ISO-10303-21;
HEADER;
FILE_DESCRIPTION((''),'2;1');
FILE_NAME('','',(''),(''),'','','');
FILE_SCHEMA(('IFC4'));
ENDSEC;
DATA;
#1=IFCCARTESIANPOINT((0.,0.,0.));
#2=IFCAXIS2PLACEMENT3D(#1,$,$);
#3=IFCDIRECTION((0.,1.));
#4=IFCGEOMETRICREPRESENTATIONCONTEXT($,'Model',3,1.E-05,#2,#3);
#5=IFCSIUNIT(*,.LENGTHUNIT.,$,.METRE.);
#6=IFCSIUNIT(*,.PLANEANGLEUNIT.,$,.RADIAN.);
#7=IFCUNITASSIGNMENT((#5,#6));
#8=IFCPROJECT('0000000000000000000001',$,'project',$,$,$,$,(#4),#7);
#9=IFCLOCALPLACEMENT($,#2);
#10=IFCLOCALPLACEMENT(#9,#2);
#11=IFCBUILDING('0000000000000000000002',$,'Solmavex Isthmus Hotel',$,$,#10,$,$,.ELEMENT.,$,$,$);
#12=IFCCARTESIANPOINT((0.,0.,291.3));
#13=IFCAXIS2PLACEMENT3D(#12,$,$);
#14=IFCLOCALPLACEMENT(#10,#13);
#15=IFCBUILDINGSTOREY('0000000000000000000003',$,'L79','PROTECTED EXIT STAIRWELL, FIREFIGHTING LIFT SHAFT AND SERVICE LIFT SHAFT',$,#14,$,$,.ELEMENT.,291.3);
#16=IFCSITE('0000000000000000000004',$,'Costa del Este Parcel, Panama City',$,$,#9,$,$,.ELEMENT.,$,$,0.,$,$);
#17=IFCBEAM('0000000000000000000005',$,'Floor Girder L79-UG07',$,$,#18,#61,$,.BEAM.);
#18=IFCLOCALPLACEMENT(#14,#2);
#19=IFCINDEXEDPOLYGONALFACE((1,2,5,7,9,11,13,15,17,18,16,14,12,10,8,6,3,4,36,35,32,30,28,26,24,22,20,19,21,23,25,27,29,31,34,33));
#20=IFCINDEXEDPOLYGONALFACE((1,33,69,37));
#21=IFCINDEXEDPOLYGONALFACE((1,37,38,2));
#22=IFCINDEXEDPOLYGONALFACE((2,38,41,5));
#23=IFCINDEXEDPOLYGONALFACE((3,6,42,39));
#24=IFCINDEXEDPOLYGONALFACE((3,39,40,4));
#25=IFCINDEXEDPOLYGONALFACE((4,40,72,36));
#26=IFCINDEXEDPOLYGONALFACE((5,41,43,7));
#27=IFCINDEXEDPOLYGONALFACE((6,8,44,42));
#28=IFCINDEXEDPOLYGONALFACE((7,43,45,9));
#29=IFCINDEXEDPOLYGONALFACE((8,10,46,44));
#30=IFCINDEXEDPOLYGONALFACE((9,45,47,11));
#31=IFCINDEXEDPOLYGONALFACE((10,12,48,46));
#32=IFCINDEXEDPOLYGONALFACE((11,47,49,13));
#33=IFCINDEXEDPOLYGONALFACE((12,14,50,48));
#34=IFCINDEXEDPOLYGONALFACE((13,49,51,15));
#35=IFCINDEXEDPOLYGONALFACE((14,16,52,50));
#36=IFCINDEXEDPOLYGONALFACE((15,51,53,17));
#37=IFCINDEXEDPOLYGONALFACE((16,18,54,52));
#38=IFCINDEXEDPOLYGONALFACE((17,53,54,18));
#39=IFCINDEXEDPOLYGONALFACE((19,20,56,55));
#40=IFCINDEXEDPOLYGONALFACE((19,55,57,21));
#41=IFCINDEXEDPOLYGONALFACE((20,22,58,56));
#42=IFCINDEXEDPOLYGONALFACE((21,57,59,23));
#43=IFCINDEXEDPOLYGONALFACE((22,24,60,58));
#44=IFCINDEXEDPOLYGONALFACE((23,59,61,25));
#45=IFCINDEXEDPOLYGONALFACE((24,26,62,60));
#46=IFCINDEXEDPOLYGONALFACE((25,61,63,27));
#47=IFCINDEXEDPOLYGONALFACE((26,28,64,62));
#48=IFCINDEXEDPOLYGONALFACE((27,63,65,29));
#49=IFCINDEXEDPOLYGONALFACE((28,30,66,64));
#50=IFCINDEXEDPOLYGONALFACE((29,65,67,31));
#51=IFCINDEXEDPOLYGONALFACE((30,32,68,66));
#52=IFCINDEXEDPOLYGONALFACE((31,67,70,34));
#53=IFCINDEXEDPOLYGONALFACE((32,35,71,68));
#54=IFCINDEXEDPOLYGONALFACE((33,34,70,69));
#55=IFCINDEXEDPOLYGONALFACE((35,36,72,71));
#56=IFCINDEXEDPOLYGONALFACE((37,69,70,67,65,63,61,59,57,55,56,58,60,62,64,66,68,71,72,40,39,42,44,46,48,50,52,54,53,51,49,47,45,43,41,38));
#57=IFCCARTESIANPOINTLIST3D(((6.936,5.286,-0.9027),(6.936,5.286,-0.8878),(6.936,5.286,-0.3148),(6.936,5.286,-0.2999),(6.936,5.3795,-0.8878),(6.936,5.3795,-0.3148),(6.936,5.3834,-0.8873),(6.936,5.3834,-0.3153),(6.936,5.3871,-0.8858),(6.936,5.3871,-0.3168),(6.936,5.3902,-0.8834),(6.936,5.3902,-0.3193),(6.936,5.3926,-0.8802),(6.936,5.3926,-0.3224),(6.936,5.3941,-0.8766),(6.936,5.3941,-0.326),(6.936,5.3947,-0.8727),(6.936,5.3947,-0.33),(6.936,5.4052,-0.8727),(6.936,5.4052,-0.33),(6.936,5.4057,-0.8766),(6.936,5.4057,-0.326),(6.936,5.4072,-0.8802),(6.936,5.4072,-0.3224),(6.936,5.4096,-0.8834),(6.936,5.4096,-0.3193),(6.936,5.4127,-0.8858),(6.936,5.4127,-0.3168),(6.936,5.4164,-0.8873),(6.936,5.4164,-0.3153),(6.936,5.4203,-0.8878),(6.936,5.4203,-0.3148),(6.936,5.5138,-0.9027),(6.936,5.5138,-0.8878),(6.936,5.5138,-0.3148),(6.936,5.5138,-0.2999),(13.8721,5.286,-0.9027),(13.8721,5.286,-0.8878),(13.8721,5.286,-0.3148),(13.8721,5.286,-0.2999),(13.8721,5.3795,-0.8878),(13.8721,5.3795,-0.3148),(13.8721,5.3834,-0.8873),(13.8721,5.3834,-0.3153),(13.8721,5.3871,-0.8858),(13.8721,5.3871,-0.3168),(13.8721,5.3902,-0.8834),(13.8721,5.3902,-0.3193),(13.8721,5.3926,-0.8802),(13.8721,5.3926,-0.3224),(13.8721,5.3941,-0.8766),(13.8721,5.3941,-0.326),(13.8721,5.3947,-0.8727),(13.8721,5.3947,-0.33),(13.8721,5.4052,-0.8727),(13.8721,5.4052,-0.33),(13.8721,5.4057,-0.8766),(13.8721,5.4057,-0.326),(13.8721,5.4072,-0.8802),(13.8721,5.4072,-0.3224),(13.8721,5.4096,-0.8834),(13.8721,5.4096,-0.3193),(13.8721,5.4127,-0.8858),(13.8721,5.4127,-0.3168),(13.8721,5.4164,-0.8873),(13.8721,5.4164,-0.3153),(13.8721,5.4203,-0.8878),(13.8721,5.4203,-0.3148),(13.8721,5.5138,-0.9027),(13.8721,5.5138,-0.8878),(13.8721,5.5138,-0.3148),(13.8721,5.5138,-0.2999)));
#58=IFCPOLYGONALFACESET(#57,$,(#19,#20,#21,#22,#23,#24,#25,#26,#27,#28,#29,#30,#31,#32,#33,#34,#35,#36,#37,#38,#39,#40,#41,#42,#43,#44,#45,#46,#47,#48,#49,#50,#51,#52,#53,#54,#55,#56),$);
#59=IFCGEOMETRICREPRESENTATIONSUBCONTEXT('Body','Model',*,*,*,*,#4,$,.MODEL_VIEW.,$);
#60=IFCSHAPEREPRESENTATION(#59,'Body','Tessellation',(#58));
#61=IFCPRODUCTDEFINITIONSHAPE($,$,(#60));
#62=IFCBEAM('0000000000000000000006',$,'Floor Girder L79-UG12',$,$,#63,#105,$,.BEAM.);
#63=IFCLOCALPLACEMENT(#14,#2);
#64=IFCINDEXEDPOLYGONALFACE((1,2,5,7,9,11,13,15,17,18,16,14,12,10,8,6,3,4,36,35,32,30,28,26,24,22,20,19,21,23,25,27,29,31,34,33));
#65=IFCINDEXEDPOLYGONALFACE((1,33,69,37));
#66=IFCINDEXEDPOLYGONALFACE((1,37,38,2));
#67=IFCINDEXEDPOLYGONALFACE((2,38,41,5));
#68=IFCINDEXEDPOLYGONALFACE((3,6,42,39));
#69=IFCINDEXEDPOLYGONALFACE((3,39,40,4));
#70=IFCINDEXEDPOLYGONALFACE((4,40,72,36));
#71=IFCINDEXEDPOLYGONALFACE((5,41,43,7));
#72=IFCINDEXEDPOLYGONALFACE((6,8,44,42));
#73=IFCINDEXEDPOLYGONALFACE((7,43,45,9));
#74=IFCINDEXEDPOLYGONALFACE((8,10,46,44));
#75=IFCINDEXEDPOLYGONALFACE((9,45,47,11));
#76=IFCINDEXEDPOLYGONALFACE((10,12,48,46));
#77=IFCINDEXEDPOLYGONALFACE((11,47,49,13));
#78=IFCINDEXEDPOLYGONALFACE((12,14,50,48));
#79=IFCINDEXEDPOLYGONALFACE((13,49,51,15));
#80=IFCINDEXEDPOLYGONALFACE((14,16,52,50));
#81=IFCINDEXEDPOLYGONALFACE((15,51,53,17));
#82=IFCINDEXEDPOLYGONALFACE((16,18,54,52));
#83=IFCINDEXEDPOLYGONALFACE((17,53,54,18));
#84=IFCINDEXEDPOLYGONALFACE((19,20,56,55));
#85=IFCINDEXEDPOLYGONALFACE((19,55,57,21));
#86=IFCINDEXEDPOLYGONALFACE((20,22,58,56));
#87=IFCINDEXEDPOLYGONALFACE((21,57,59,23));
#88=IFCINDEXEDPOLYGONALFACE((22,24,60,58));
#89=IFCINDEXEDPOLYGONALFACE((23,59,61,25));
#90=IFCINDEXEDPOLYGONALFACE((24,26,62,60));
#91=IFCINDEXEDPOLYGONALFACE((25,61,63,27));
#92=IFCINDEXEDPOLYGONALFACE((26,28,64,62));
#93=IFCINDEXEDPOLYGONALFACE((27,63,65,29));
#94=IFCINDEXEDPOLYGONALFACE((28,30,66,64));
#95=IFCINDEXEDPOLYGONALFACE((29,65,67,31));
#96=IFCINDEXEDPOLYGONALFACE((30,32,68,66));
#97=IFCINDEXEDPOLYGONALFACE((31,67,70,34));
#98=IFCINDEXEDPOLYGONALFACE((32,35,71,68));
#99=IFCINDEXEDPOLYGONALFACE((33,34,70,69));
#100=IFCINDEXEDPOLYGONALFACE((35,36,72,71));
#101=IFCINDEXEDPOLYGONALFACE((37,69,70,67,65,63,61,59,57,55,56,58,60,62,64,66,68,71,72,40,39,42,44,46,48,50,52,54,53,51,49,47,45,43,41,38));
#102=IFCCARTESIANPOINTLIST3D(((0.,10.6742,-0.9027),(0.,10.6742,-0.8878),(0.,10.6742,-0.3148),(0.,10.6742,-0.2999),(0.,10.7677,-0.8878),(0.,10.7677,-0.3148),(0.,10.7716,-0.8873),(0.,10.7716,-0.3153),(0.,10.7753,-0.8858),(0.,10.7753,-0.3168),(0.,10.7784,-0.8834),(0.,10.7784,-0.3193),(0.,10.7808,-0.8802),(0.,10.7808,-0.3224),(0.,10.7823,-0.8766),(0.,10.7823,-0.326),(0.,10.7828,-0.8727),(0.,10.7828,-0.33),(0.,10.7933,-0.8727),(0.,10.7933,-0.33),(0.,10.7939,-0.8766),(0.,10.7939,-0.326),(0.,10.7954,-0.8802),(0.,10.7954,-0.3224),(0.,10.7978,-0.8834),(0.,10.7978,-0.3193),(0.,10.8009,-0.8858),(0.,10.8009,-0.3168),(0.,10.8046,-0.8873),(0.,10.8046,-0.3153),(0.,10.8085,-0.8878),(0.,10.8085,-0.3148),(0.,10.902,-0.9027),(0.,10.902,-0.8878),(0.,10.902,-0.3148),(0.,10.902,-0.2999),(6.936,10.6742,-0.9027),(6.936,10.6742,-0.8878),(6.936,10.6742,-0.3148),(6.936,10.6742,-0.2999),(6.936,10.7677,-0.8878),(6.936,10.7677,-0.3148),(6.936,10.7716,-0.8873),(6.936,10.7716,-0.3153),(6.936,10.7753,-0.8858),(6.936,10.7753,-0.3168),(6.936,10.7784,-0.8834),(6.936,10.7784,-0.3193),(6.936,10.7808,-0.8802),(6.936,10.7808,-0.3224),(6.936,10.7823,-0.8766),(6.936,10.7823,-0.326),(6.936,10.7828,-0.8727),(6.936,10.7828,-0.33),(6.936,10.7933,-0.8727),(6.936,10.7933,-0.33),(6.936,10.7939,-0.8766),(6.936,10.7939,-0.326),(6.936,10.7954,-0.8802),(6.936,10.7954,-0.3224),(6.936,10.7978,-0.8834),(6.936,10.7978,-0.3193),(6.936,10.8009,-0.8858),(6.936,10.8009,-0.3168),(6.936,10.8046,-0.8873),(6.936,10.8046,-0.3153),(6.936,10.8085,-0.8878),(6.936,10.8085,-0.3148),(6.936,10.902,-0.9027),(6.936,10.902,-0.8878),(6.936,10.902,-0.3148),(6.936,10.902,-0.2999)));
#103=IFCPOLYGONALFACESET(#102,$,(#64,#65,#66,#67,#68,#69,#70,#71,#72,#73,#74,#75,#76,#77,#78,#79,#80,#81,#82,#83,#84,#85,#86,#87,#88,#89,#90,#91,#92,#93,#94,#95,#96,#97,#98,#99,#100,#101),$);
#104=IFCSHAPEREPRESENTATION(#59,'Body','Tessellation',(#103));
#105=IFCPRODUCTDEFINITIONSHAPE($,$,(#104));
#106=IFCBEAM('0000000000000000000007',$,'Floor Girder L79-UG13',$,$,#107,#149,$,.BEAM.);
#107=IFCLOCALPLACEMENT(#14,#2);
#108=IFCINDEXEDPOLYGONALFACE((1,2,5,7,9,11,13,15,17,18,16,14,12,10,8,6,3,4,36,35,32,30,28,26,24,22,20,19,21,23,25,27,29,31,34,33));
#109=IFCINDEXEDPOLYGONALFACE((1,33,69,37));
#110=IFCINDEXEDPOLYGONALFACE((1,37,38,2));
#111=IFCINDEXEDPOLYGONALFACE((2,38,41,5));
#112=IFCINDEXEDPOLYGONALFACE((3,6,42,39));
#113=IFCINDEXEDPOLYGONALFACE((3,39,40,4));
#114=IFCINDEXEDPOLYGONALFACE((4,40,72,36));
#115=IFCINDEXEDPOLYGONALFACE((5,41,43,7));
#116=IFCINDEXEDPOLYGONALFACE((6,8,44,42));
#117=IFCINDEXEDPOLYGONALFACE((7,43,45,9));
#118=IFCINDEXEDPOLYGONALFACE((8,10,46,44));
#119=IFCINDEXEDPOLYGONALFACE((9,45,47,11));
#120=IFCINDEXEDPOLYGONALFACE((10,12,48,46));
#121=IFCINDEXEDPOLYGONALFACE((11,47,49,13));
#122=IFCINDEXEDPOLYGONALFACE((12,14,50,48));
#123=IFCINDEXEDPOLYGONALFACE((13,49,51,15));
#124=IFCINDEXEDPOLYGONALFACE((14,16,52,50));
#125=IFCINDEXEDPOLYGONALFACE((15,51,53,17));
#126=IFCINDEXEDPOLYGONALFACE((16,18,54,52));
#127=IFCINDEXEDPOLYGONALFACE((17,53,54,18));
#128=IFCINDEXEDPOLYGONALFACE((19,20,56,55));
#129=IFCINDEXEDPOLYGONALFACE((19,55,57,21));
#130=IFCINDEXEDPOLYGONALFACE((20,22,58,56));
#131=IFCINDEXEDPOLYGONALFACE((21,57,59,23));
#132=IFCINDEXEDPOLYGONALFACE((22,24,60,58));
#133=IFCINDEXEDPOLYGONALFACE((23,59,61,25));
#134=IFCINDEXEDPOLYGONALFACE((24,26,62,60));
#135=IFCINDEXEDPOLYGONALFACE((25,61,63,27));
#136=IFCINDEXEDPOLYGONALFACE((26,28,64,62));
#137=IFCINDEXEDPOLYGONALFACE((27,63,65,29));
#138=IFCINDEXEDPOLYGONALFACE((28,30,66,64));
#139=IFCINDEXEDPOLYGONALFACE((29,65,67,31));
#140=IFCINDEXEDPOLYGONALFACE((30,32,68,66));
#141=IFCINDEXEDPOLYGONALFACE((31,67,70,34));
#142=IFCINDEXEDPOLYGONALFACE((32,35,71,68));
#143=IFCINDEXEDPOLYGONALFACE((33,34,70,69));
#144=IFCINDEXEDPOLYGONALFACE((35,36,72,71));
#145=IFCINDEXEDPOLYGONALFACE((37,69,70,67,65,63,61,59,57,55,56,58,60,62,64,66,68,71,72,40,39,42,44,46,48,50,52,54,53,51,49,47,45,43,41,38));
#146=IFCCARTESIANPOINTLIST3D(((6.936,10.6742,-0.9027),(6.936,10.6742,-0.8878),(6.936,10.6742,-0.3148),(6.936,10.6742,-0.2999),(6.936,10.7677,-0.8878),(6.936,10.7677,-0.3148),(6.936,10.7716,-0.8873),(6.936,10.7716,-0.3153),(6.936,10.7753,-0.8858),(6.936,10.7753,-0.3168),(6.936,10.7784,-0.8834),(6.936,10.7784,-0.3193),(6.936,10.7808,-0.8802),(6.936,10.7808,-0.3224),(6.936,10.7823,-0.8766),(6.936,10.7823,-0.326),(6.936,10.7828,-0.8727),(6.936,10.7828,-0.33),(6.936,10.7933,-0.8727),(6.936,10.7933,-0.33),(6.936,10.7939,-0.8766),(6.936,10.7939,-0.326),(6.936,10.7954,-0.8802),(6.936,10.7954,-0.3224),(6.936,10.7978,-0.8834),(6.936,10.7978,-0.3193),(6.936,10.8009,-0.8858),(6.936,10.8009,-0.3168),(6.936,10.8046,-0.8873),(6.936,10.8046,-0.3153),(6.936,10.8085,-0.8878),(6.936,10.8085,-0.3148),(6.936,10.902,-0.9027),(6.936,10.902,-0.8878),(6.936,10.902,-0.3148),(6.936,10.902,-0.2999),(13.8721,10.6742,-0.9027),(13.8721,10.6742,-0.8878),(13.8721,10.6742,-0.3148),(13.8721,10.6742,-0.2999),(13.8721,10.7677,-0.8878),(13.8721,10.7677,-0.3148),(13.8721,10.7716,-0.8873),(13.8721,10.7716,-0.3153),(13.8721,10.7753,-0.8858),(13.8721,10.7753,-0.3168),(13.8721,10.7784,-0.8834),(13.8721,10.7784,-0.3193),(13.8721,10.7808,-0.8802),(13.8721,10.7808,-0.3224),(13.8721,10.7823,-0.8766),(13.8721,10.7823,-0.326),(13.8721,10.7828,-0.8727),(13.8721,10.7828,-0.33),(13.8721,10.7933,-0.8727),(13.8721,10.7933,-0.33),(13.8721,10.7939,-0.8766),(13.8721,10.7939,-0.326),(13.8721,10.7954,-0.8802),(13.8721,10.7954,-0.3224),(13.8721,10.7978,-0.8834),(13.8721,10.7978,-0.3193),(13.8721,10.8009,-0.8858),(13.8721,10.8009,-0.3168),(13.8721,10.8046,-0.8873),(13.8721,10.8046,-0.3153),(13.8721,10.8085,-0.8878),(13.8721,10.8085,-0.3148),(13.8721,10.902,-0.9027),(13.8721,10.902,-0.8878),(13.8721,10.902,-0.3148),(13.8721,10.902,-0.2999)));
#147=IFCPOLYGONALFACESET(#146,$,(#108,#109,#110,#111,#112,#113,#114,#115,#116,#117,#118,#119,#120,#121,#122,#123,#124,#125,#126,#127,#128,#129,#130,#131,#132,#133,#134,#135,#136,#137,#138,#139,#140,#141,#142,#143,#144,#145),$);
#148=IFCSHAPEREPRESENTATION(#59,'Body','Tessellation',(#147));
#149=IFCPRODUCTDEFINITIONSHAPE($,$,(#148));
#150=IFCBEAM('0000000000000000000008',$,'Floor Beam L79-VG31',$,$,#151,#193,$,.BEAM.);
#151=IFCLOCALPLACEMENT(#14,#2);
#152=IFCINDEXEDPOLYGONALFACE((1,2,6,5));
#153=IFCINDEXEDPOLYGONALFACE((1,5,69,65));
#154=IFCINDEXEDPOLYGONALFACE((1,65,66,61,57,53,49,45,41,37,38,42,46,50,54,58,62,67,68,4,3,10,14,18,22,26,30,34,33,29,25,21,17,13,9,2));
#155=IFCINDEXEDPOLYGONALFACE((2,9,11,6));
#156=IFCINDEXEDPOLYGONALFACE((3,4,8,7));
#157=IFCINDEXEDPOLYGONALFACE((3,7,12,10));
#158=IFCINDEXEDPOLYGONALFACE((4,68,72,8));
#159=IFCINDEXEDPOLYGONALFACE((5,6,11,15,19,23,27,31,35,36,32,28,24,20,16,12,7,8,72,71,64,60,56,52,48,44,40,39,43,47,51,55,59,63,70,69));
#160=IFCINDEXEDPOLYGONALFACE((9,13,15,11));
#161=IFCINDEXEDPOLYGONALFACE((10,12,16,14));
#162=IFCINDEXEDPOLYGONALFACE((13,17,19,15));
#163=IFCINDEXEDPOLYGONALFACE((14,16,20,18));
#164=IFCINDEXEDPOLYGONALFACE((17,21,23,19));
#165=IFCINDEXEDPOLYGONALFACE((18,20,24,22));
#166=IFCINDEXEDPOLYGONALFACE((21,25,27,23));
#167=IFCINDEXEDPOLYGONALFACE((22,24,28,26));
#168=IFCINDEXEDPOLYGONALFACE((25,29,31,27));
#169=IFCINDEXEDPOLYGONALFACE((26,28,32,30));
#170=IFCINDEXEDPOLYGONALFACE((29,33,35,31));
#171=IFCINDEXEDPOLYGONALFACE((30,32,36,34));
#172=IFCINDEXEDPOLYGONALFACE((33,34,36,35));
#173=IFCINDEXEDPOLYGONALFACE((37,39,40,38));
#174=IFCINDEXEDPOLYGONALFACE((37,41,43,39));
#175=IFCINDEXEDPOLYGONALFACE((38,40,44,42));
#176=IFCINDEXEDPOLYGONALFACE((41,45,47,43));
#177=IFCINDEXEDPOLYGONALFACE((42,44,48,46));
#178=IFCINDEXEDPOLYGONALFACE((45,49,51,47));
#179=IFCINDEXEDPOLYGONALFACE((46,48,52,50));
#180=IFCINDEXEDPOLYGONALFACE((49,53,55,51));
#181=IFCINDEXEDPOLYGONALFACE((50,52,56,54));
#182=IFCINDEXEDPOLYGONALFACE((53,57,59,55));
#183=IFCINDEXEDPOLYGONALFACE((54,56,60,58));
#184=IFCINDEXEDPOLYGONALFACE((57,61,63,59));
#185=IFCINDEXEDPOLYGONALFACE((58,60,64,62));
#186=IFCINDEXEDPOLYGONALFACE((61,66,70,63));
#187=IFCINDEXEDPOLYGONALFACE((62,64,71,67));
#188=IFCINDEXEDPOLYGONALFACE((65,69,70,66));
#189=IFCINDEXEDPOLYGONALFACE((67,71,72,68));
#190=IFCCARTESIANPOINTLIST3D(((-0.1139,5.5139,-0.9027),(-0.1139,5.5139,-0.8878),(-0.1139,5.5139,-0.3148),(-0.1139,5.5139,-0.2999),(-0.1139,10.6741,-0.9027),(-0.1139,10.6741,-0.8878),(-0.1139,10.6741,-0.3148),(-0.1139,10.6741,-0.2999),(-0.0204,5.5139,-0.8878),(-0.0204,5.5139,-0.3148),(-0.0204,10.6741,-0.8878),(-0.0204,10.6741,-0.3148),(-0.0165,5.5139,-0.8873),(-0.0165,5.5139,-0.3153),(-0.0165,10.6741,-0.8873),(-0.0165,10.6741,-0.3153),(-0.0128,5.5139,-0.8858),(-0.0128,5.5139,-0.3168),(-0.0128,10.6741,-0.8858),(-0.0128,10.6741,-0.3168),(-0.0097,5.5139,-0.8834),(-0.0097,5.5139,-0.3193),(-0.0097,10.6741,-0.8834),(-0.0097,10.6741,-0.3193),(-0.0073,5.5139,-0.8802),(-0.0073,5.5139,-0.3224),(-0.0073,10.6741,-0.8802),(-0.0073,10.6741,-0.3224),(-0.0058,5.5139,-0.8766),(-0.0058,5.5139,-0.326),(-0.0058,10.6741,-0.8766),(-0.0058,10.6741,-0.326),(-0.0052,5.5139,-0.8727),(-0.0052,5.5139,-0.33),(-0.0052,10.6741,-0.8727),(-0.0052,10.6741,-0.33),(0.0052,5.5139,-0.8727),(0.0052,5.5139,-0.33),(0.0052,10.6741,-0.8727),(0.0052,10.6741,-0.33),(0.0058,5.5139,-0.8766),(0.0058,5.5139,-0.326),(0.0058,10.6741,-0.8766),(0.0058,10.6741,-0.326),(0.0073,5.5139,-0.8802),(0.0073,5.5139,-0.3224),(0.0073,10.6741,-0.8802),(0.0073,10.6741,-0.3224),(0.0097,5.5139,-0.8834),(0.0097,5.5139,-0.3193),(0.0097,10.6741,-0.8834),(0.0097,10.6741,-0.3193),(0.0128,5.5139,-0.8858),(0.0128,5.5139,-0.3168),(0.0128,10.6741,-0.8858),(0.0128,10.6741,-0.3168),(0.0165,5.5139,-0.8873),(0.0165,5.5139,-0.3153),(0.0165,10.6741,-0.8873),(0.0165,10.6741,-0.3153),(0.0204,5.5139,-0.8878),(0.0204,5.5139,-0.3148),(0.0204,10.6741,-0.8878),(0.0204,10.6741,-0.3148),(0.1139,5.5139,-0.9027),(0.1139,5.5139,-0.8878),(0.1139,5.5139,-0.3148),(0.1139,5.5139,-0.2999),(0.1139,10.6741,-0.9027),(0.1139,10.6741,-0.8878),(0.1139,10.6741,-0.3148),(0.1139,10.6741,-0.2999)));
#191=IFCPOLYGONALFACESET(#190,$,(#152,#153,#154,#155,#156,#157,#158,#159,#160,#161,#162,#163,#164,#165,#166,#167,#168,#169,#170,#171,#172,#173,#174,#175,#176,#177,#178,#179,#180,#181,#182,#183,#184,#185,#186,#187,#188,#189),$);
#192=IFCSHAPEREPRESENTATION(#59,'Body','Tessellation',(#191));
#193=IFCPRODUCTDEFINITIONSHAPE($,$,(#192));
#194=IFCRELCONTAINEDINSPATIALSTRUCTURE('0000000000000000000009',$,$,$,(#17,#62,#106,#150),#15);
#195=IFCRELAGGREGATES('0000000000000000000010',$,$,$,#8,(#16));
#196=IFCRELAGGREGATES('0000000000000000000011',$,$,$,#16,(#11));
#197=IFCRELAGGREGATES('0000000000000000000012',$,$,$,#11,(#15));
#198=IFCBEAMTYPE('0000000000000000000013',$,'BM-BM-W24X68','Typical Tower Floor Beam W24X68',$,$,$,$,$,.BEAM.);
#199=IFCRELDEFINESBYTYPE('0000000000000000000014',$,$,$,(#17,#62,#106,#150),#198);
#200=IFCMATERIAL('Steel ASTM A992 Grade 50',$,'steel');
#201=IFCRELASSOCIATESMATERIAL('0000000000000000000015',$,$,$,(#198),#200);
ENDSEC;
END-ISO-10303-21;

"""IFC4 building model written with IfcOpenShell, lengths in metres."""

from ifc_helpers import new_model, si_unit, direction, frame, origin, origin_2d, place, context, subcontext, project, spatial, i_section, extrude, material, material_profile, profile_set, type_object, element, save


model = new_model("IFC4")

# Units and contexts
model_context = context("Model", 3, precision=1e-05, world=origin(), true_north=direction((0.0, 1.0)))
body_context = subcontext(model_context, "Body", "Model", "MODEL_VIEW")
ifc_project = project(units=[si_unit("LENGTHUNIT", "METRE"), si_unit("PLANEANGLEUNIT", "RADIAN")], contexts=[model_context])

# Site, building, storey
site_placement = place(None, origin())
site = spatial("IfcSite", under=ifc_project, at=site_placement, Name="Costa del Este Parcel, Panama City", CompositionType="ELEMENT", RefElevation=0.0)
building_placement = place(site_placement, origin())
building = spatial("IfcBuilding", under=site, at=building_placement, Name="Solmavex Isthmus Hotel", CompositionType="ELEMENT")
storey_placement = place(building_placement, frame((0.0, 0.0, 291.3)))
storey = spatial("IfcBuildingStorey", under=building, at=storey_placement, Name="L79", Description="PROTECTED EXIT STAIRWELL, FIREFIGHTING LIFT SHAFT AND SERVICE LIFT SHAFT", CompositionType="ELEMENT", Elevation=291.3)

# Beams
ifc_material_1 = material(Name="Steel ASTM A992 Grade 50", Category="steel")
ifc_material_profile_1 = material_profile(ifc_material_1, i_section(OverallWidth=0.2278, OverallDepth=0.6028, WebThickness=0.0105, FlangeThickness=0.0149, FilletRadius=0.0151, at=origin_2d()), Name="W24X68")
ifc_profile_set_1 = profile_set([ifc_material_profile_1], Name="Steel ASTM A992 Grade 50")
beam_type_1 = type_object("IfcBeamType", Name="BM-BM-W24X68", Description="Typical Tower Floor Beam W24X68", PredefinedType="BEAM", material=ifc_profile_set_1)
for number, where, z_axis, x_axis, name in (
    (1, (6.936, 5.3999, -0.6013), (1.0, 0.0, 0.0), (0.0, 1.0, 0.0), "Floor Girder L79-UG07"),
    (2, (0.0, 10.7881, -0.6013), (1.0, 0.0, 0.0), (0.0, 1.0, 0.0), "Floor Girder L79-UG12"),
    (3, (6.936, 10.7881, -0.6013), (1.0, 0.0, 0.0), (0.0, 1.0, 0.0), "Floor Girder L79-UG13"),
):
    element("IfcBeam", number, at=place(storey_placement, frame(where, z_axis=z_axis, x_axis=x_axis)), inside=storey, type_object=beam_type_1, Name=name, PredefinedType="BEAM", context=body_context, shape_type="SweptSolid", body=[
        extrude(i_section(OverallWidth=0.2278, OverallDepth=0.6028, WebThickness=0.0105, FlangeThickness=0.0149, FilletRadius=0.0151, at=origin_2d()), origin(), (0.0, 0.0, 1.0), 6.936),
    ])
beam_1_placement = place(storey_placement, frame((0.0, 5.5139, -0.6013), z_axis=(0.0, 1.0, 0.0), x_axis=(-1.0, 0.0, 0.0)))
element("IfcBeam", 4, at=beam_1_placement, inside=storey, type_object=beam_type_1, Name="Floor Beam L79-VG31", PredefinedType="BEAM", context=body_context, shape_type="SweptSolid", body=[
    extrude(i_section(OverallWidth=0.2278, OverallDepth=0.6028, WebThickness=0.0105, FlangeThickness=0.0149, FilletRadius=0.0151, at=origin_2d()), origin(), (0.0, 0.0, 1.0), 5.1602),
])

save(model, "model.ifc")
